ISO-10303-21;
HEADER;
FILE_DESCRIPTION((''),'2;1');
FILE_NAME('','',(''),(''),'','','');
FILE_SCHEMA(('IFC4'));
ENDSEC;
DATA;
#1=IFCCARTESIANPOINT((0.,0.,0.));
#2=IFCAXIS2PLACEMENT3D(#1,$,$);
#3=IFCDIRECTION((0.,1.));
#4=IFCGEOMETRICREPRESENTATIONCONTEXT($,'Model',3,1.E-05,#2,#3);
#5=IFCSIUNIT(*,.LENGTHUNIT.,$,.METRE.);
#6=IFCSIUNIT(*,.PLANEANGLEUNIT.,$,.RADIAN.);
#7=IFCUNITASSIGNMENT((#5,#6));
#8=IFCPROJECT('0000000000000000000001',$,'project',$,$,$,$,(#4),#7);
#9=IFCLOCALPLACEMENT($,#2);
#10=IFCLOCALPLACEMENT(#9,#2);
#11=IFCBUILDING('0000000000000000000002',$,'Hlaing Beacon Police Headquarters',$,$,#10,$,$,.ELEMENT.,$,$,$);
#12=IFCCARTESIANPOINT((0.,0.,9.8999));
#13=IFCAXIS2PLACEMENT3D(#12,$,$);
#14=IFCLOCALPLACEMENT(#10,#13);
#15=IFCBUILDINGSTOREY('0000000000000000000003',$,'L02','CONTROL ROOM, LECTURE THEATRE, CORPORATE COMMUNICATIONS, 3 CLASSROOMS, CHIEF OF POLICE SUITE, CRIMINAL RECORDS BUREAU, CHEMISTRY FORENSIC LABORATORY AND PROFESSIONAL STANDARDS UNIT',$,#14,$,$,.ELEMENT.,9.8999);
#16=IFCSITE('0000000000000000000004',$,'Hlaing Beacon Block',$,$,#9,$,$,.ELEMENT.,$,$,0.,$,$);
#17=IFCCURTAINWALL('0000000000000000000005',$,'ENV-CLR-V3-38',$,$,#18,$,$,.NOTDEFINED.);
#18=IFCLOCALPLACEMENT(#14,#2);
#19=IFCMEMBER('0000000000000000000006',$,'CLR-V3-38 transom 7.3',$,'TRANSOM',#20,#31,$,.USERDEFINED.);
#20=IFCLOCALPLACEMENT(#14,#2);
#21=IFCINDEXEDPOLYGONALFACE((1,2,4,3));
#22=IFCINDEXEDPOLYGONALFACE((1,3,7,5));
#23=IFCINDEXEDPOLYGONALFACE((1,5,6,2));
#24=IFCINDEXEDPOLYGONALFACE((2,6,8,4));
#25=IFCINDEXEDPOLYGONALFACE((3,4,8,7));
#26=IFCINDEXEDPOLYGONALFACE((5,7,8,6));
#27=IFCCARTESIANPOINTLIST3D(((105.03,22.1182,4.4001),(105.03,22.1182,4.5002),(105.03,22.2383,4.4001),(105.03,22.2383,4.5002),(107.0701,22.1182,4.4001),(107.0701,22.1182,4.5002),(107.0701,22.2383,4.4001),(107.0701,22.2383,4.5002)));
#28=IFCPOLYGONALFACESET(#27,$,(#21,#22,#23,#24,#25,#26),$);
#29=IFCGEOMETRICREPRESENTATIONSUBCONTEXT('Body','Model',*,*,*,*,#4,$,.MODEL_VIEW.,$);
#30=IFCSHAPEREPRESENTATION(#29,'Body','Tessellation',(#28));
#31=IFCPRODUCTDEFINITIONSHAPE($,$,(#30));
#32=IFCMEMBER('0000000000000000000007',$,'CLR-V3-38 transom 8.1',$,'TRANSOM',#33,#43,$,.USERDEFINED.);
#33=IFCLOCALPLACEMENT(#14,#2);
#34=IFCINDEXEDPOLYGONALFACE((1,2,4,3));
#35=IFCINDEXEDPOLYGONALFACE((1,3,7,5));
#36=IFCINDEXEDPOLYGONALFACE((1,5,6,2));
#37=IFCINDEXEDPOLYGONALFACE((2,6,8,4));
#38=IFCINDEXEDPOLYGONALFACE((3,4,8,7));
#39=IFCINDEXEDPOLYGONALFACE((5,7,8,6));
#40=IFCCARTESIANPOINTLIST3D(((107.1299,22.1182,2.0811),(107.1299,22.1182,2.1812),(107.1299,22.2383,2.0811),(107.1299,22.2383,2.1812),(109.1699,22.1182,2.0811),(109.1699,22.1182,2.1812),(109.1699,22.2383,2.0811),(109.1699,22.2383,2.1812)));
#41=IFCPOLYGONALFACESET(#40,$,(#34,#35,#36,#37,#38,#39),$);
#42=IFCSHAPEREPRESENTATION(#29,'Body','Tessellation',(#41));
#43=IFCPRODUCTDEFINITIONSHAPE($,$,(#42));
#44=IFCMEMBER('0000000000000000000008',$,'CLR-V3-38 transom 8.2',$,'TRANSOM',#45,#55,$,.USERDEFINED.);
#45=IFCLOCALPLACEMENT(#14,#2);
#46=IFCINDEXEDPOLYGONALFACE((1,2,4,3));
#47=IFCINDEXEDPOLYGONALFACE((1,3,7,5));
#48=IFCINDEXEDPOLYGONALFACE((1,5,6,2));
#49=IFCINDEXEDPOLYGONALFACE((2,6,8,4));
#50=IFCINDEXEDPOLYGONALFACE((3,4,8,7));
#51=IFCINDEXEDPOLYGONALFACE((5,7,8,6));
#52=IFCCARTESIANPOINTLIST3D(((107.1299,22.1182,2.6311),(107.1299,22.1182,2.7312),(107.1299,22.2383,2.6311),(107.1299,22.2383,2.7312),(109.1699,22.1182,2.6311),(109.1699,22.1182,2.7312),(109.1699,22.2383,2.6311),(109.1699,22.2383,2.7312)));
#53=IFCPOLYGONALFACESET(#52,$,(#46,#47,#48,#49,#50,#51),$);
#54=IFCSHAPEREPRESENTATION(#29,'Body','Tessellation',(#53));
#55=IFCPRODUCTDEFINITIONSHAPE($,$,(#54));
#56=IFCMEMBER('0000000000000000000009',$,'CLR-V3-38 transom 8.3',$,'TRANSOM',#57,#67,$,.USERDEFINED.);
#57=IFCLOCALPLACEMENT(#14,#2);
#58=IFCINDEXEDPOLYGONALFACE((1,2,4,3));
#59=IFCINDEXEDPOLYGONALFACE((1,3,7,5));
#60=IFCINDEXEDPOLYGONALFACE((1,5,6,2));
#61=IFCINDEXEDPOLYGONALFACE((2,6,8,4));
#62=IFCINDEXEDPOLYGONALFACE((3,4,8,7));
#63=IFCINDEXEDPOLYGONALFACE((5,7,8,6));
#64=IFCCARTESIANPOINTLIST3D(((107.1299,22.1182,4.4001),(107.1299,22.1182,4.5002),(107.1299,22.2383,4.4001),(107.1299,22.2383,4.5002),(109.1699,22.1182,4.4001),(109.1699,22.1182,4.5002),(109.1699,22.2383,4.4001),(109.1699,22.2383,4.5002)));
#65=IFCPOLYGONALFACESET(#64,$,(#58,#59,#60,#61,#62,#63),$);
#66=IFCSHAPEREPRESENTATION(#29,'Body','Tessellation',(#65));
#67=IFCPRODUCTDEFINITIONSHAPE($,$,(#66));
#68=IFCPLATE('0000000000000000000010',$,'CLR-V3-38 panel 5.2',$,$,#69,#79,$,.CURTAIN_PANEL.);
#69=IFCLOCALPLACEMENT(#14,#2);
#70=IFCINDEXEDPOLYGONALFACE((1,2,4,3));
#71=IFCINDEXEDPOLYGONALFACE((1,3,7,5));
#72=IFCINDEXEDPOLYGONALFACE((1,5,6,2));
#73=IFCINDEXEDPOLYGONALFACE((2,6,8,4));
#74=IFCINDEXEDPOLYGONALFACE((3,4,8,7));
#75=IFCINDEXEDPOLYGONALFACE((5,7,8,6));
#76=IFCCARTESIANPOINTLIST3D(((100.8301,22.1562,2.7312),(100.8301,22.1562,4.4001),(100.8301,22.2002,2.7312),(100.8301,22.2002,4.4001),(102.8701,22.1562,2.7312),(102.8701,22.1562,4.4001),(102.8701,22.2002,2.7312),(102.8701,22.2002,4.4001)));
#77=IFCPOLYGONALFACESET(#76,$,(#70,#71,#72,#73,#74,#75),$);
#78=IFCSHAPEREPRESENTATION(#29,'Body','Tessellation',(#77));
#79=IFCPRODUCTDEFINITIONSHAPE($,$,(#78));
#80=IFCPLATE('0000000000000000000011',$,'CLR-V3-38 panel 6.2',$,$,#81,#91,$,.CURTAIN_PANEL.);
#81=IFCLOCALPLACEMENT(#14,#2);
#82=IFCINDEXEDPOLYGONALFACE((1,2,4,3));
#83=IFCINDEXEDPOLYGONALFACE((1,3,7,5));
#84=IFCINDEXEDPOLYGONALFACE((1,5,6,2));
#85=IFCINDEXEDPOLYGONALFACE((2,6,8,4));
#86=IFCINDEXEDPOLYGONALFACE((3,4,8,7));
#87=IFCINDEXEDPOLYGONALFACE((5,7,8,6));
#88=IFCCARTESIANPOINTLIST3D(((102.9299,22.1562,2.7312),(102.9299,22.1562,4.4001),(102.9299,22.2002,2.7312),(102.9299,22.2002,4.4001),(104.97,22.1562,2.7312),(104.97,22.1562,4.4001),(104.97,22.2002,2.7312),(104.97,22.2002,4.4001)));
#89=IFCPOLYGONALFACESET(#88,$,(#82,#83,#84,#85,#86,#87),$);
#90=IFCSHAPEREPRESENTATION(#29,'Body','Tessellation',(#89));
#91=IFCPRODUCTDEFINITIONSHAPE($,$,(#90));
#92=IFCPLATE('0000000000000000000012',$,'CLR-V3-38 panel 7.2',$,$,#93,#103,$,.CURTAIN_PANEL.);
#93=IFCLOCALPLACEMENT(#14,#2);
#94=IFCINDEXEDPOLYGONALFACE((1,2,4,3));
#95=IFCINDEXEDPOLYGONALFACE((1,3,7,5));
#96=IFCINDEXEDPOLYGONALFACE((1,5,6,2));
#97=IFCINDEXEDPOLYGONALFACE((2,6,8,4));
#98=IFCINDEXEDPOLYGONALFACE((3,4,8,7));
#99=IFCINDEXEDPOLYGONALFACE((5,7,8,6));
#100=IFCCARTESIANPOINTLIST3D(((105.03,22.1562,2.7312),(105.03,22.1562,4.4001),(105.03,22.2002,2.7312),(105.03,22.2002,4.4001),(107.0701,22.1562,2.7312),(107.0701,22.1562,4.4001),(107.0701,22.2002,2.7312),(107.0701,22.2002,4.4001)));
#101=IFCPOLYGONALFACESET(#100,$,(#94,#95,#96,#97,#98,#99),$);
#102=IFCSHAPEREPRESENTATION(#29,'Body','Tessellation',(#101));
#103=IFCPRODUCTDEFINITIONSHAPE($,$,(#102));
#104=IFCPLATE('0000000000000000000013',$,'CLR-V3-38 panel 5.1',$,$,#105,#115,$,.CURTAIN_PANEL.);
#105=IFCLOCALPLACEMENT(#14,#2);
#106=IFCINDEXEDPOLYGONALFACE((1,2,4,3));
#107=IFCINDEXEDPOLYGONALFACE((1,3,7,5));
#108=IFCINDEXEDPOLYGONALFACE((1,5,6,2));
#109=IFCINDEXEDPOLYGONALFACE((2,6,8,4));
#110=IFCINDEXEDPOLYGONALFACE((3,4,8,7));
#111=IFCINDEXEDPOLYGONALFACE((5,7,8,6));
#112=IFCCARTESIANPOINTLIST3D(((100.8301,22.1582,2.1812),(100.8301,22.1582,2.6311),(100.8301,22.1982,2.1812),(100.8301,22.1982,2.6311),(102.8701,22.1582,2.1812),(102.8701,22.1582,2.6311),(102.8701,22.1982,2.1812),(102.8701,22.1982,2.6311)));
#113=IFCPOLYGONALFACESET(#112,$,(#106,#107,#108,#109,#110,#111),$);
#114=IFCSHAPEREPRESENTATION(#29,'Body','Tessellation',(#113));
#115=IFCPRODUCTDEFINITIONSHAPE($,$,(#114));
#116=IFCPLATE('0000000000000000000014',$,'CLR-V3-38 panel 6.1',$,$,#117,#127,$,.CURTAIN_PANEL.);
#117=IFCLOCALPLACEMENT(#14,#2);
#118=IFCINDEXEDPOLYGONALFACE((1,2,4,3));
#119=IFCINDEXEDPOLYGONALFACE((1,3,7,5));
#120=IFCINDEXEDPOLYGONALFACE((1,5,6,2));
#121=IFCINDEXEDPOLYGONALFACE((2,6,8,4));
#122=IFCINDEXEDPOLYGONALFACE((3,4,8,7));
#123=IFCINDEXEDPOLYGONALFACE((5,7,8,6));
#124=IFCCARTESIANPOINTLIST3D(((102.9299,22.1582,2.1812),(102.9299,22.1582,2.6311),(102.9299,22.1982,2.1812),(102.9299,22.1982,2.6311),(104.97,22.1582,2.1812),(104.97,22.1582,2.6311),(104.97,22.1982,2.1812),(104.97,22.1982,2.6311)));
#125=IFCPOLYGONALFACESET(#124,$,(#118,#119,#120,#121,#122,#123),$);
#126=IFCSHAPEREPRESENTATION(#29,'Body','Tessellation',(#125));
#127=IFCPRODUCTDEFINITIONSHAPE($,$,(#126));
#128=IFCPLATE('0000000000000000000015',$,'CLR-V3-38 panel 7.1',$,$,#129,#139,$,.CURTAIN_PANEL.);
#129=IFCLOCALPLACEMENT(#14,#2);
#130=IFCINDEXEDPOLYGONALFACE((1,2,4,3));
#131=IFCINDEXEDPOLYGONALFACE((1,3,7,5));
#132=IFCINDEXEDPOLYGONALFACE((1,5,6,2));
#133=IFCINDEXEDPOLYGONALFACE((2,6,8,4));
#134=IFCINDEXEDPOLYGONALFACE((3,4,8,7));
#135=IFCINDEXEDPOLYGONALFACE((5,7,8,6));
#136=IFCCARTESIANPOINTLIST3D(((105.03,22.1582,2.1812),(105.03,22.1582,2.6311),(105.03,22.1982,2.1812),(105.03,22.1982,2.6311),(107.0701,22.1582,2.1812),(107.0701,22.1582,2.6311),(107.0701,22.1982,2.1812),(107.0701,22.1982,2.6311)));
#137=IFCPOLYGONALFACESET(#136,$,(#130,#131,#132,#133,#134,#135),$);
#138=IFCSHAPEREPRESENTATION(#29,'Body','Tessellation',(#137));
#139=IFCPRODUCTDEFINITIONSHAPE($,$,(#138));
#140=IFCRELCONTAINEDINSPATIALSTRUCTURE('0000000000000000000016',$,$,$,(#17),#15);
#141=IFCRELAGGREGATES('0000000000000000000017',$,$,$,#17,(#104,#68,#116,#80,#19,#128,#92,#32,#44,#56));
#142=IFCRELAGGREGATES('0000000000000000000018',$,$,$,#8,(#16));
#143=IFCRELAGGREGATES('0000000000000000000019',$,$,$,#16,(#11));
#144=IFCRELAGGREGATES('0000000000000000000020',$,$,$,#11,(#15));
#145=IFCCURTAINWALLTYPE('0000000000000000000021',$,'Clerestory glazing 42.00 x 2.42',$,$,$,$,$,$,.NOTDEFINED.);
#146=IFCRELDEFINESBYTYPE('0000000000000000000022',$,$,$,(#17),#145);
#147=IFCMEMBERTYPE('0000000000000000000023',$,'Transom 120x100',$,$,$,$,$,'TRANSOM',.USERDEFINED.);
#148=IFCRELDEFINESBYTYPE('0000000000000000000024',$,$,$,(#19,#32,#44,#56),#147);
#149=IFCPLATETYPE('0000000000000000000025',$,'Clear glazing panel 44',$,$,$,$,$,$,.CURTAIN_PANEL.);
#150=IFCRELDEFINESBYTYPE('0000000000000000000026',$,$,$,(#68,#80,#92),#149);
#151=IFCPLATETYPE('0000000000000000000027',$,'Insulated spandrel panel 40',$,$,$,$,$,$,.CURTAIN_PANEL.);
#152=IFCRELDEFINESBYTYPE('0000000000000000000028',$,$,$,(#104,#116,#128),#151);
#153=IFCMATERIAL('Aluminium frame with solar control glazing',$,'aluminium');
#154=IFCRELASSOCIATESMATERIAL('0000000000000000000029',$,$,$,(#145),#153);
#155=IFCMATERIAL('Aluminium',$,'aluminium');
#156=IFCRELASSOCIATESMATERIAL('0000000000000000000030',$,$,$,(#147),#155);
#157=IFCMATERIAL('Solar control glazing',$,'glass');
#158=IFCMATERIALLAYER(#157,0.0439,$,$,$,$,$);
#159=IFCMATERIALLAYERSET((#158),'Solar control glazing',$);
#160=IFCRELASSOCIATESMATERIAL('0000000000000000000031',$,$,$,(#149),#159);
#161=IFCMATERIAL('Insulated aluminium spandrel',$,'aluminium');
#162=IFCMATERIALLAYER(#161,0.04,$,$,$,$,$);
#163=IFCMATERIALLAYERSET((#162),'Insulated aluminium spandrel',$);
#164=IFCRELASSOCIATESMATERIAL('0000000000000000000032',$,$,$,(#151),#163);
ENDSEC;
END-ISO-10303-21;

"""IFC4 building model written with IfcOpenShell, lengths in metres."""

from ifc_helpers import new_model, si_unit, direction, frame, origin, origin_2d, place, context, subcontext, project, spatial, rectangle, extrude, material, layer, layer_set, material_profile, profile_set, type_object, element, aggregate, save


model = new_model("IFC4")

# Units and contexts
model_context = context("Model", 3, precision=1e-05, world=origin(), true_north=direction((0.0, 1.0)))
body_context = subcontext(model_context, "Body", "Model", "MODEL_VIEW")
ifc_project = project(units=[si_unit("LENGTHUNIT", "METRE"), si_unit("PLANEANGLEUNIT", "RADIAN")], contexts=[model_context])

# Site, building, storey
site_placement = place(None, origin())
site = spatial("IfcSite", under=ifc_project, at=site_placement, Name="Hlaing Beacon Block", CompositionType="ELEMENT", RefElevation=0.0)
building_placement = place(site_placement, origin())
building = spatial("IfcBuilding", under=site, at=building_placement, Name="Hlaing Beacon Police Headquarters", CompositionType="ELEMENT")
storey_placement = place(building_placement, frame((0.0, 0.0, 9.8999)))
storey = spatial("IfcBuildingStorey", under=building, at=storey_placement, Name="L02", Description="CONTROL ROOM, LECTURE THEATRE, CORPORATE COMMUNICATIONS, 3 CLASSROOMS, CHIEF OF POLICE SUITE, CRIMINAL RECORDS BUREAU, CHEMISTRY FORENSIC LABORATORY AND PROFESSIONAL STANDARDS UNIT", CompositionType="ELEMENT", Elevation=9.8999)

# Curtain wall
ifc_material_1 = material(Name="Aluminium frame with solar control glazing", Category="aluminium")
curtain_wall_type = type_object("IfcCurtainWallType", Name="Clerestory glazing 42.00 x 2.42", PredefinedType="NOTDEFINED", material=ifc_material_1)
curtain_wall_placement = place(storey_placement, origin())
curtain_wall = element("IfcCurtainWall", 1, at=curtain_wall_placement, inside=storey, type_object=curtain_wall_type, Name="ENV-CLR-V3-38", PredefinedType="NOTDEFINED")

# Members
ifc_material_2 = material(Name="Aluminium", Category="aluminium")
ifc_material_profile_1 = material_profile(ifc_material_2, rectangle(XDim=0.1201, YDim=0.1001, at=origin_2d()), Name="Transom 120x100")
ifc_profile_set_1 = profile_set([ifc_material_profile_1], Name="Aluminium")
member_type_1 = type_object("IfcMemberType", Name="Transom 120x100", ElementType="TRANSOM", PredefinedType="USERDEFINED", material=ifc_profile_set_1)
member_1_placement = place(storey_placement, frame((105.03, 22.1782, 4.4502), z_axis=(1.0, 0.0, 0.0), x_axis=(0.0, 1.0, 0.0)))
member_1 = element("IfcMember", 2, at=member_1_placement, type_object=member_type_1, Name="CLR-V3-38 transom 7.3", ObjectType="TRANSOM", PredefinedType="USERDEFINED", context=body_context, shape_type="SweptSolid", body=[
    extrude(rectangle(XDim=0.1201, YDim=0.1001, at=origin_2d()), origin(), (0.0, 0.0, 1.0), 2.04),
])
member_2_placement = place(storey_placement, frame((107.1299, 22.1782, 2.1311), z_axis=(1.0, 0.0, 0.0), x_axis=(0.0, 1.0, 0.0)))
member_2 = element("IfcMember", 3, at=member_2_placement, type_object=member_type_1, Name="CLR-V3-38 transom 8.1", ObjectType="TRANSOM", PredefinedType="USERDEFINED", context=body_context, shape_type="SweptSolid", body=[
    extrude(rectangle(XDim=0.1201, YDim=0.1001, at=origin_2d()), origin(), (0.0, 0.0, 1.0), 2.04),
])
member_3_placement = place(storey_placement, frame((107.1299, 22.1782, 2.6812), z_axis=(1.0, 0.0, 0.0), x_axis=(0.0, 1.0, 0.0)))
member_3 = element("IfcMember", 4, at=member_3_placement, type_object=member_type_1, Name="CLR-V3-38 transom 8.2", ObjectType="TRANSOM", PredefinedType="USERDEFINED", context=body_context, shape_type="SweptSolid", body=[
    extrude(rectangle(XDim=0.1201, YDim=0.1001, at=origin_2d()), origin(), (0.0, 0.0, 1.0), 2.04),
])
member_4_placement = place(storey_placement, frame((107.1299, 22.1782, 4.4502), z_axis=(1.0, 0.0, 0.0), x_axis=(0.0, 1.0, 0.0)))
member_4 = element("IfcMember", 5, at=member_4_placement, type_object=member_type_1, Name="CLR-V3-38 transom 8.3", ObjectType="TRANSOM", PredefinedType="USERDEFINED", context=body_context, shape_type="SweptSolid", body=[
    extrude(rectangle(XDim=0.1201, YDim=0.1001, at=origin_2d()), origin(), (0.0, 0.0, 1.0), 2.04),
])

# Plates
ifc_material_3 = material(Name="Solar control glazing", Category="glass")
ifc_layer_1 = layer(ifc_material_3, 0.0439)
ifc_layer_set_1 = layer_set([ifc_layer_1], Name="Solar control glazing")
plate_type_1 = type_object("IfcPlateType", Name="Clear glazing panel 44", PredefinedType="CURTAIN_PANEL", material=ifc_layer_set_1)
plate_1_placement = place(storey_placement, frame((101.8501, 22.1782, 2.7312), z_axis=(0.0, 0.0, 1.0), x_axis=(1.0, 0.0, 0.0)))
plate_1 = element("IfcPlate", 6, at=plate_1_placement, type_object=plate_type_1, Name="CLR-V3-38 panel 5.2", PredefinedType="CURTAIN_PANEL", context=body_context, shape_type="SweptSolid", body=[
    extrude(rectangle(XDim=2.04, YDim=0.0439, at=origin_2d()), origin(), (0.0, 0.0, 1.0), 1.6689),
])
plate_2_placement = place(storey_placement, frame((103.95, 22.1782, 2.7312), z_axis=(0.0, 0.0, 1.0), x_axis=(1.0, 0.0, 0.0)))
plate_2 = element("IfcPlate", 7, at=plate_2_placement, type_object=plate_type_1, Name="CLR-V3-38 panel 6.2", PredefinedType="CURTAIN_PANEL", context=body_context, shape_type="SweptSolid", body=[
    extrude(rectangle(XDim=2.04, YDim=0.0439, at=origin_2d()), origin(), (0.0, 0.0, 1.0), 1.6689),
])
plate_3_placement = place(storey_placement, frame((106.05, 22.1782, 2.7312), z_axis=(0.0, 0.0, 1.0), x_axis=(1.0, 0.0, 0.0)))
plate_3 = element("IfcPlate", 8, at=plate_3_placement, type_object=plate_type_1, Name="CLR-V3-38 panel 7.2", PredefinedType="CURTAIN_PANEL", context=body_context, shape_type="SweptSolid", body=[
    extrude(rectangle(XDim=2.04, YDim=0.0439, at=origin_2d()), origin(), (0.0, 0.0, 1.0), 1.6689),
])
ifc_material_4 = material(Name="Insulated aluminium spandrel", Category="aluminium")
ifc_layer_2 = layer(ifc_material_4, 0.04)
ifc_layer_set_2 = layer_set([ifc_layer_2], Name="Insulated aluminium spandrel")
plate_type_2 = type_object("IfcPlateType", Name="Insulated spandrel panel 40", PredefinedType="CURTAIN_PANEL", material=ifc_layer_set_2)
plate_4_placement = place(storey_placement, frame((101.8501, 22.1782, 2.1812), z_axis=(0.0, 0.0, 1.0), x_axis=(1.0, 0.0, 0.0)))
plate_4 = element("IfcPlate", 9, at=plate_4_placement, type_object=plate_type_2, Name="CLR-V3-38 panel 5.1", PredefinedType="CURTAIN_PANEL", context=body_context, shape_type="SweptSolid", body=[
    extrude(rectangle(XDim=2.04, YDim=0.04, at=origin_2d()), origin(), (0.0, 0.0, 1.0), 0.45),
])
plate_5_placement = place(storey_placement, frame((103.95, 22.1782, 2.1812), z_axis=(0.0, 0.0, 1.0), x_axis=(1.0, 0.0, 0.0)))
plate_5 = element("IfcPlate", 10, at=plate_5_placement, type_object=plate_type_2, Name="CLR-V3-38 panel 6.1", PredefinedType="CURTAIN_PANEL", context=body_context, shape_type="SweptSolid", body=[
    extrude(rectangle(XDim=2.04, YDim=0.04, at=origin_2d()), origin(), (0.0, 0.0, 1.0), 0.45),
])
plate_6_placement = place(storey_placement, frame((106.05, 22.1782, 2.1812), z_axis=(0.0, 0.0, 1.0), x_axis=(1.0, 0.0, 0.0)))
plate_6 = element("IfcPlate", 11, at=plate_6_placement, type_object=plate_type_2, Name="CLR-V3-38 panel 7.1", PredefinedType="CURTAIN_PANEL", context=body_context, shape_type="SweptSolid", body=[
    extrude(rectangle(XDim=2.04, YDim=0.04, at=origin_2d()), origin(), (0.0, 0.0, 1.0), 0.45),
])
aggregate(curtain_wall, [plate_4, plate_1, plate_5, plate_2, member_1, plate_6, plate_3, member_2, member_3, member_4])

save(model, "model.ifc")
